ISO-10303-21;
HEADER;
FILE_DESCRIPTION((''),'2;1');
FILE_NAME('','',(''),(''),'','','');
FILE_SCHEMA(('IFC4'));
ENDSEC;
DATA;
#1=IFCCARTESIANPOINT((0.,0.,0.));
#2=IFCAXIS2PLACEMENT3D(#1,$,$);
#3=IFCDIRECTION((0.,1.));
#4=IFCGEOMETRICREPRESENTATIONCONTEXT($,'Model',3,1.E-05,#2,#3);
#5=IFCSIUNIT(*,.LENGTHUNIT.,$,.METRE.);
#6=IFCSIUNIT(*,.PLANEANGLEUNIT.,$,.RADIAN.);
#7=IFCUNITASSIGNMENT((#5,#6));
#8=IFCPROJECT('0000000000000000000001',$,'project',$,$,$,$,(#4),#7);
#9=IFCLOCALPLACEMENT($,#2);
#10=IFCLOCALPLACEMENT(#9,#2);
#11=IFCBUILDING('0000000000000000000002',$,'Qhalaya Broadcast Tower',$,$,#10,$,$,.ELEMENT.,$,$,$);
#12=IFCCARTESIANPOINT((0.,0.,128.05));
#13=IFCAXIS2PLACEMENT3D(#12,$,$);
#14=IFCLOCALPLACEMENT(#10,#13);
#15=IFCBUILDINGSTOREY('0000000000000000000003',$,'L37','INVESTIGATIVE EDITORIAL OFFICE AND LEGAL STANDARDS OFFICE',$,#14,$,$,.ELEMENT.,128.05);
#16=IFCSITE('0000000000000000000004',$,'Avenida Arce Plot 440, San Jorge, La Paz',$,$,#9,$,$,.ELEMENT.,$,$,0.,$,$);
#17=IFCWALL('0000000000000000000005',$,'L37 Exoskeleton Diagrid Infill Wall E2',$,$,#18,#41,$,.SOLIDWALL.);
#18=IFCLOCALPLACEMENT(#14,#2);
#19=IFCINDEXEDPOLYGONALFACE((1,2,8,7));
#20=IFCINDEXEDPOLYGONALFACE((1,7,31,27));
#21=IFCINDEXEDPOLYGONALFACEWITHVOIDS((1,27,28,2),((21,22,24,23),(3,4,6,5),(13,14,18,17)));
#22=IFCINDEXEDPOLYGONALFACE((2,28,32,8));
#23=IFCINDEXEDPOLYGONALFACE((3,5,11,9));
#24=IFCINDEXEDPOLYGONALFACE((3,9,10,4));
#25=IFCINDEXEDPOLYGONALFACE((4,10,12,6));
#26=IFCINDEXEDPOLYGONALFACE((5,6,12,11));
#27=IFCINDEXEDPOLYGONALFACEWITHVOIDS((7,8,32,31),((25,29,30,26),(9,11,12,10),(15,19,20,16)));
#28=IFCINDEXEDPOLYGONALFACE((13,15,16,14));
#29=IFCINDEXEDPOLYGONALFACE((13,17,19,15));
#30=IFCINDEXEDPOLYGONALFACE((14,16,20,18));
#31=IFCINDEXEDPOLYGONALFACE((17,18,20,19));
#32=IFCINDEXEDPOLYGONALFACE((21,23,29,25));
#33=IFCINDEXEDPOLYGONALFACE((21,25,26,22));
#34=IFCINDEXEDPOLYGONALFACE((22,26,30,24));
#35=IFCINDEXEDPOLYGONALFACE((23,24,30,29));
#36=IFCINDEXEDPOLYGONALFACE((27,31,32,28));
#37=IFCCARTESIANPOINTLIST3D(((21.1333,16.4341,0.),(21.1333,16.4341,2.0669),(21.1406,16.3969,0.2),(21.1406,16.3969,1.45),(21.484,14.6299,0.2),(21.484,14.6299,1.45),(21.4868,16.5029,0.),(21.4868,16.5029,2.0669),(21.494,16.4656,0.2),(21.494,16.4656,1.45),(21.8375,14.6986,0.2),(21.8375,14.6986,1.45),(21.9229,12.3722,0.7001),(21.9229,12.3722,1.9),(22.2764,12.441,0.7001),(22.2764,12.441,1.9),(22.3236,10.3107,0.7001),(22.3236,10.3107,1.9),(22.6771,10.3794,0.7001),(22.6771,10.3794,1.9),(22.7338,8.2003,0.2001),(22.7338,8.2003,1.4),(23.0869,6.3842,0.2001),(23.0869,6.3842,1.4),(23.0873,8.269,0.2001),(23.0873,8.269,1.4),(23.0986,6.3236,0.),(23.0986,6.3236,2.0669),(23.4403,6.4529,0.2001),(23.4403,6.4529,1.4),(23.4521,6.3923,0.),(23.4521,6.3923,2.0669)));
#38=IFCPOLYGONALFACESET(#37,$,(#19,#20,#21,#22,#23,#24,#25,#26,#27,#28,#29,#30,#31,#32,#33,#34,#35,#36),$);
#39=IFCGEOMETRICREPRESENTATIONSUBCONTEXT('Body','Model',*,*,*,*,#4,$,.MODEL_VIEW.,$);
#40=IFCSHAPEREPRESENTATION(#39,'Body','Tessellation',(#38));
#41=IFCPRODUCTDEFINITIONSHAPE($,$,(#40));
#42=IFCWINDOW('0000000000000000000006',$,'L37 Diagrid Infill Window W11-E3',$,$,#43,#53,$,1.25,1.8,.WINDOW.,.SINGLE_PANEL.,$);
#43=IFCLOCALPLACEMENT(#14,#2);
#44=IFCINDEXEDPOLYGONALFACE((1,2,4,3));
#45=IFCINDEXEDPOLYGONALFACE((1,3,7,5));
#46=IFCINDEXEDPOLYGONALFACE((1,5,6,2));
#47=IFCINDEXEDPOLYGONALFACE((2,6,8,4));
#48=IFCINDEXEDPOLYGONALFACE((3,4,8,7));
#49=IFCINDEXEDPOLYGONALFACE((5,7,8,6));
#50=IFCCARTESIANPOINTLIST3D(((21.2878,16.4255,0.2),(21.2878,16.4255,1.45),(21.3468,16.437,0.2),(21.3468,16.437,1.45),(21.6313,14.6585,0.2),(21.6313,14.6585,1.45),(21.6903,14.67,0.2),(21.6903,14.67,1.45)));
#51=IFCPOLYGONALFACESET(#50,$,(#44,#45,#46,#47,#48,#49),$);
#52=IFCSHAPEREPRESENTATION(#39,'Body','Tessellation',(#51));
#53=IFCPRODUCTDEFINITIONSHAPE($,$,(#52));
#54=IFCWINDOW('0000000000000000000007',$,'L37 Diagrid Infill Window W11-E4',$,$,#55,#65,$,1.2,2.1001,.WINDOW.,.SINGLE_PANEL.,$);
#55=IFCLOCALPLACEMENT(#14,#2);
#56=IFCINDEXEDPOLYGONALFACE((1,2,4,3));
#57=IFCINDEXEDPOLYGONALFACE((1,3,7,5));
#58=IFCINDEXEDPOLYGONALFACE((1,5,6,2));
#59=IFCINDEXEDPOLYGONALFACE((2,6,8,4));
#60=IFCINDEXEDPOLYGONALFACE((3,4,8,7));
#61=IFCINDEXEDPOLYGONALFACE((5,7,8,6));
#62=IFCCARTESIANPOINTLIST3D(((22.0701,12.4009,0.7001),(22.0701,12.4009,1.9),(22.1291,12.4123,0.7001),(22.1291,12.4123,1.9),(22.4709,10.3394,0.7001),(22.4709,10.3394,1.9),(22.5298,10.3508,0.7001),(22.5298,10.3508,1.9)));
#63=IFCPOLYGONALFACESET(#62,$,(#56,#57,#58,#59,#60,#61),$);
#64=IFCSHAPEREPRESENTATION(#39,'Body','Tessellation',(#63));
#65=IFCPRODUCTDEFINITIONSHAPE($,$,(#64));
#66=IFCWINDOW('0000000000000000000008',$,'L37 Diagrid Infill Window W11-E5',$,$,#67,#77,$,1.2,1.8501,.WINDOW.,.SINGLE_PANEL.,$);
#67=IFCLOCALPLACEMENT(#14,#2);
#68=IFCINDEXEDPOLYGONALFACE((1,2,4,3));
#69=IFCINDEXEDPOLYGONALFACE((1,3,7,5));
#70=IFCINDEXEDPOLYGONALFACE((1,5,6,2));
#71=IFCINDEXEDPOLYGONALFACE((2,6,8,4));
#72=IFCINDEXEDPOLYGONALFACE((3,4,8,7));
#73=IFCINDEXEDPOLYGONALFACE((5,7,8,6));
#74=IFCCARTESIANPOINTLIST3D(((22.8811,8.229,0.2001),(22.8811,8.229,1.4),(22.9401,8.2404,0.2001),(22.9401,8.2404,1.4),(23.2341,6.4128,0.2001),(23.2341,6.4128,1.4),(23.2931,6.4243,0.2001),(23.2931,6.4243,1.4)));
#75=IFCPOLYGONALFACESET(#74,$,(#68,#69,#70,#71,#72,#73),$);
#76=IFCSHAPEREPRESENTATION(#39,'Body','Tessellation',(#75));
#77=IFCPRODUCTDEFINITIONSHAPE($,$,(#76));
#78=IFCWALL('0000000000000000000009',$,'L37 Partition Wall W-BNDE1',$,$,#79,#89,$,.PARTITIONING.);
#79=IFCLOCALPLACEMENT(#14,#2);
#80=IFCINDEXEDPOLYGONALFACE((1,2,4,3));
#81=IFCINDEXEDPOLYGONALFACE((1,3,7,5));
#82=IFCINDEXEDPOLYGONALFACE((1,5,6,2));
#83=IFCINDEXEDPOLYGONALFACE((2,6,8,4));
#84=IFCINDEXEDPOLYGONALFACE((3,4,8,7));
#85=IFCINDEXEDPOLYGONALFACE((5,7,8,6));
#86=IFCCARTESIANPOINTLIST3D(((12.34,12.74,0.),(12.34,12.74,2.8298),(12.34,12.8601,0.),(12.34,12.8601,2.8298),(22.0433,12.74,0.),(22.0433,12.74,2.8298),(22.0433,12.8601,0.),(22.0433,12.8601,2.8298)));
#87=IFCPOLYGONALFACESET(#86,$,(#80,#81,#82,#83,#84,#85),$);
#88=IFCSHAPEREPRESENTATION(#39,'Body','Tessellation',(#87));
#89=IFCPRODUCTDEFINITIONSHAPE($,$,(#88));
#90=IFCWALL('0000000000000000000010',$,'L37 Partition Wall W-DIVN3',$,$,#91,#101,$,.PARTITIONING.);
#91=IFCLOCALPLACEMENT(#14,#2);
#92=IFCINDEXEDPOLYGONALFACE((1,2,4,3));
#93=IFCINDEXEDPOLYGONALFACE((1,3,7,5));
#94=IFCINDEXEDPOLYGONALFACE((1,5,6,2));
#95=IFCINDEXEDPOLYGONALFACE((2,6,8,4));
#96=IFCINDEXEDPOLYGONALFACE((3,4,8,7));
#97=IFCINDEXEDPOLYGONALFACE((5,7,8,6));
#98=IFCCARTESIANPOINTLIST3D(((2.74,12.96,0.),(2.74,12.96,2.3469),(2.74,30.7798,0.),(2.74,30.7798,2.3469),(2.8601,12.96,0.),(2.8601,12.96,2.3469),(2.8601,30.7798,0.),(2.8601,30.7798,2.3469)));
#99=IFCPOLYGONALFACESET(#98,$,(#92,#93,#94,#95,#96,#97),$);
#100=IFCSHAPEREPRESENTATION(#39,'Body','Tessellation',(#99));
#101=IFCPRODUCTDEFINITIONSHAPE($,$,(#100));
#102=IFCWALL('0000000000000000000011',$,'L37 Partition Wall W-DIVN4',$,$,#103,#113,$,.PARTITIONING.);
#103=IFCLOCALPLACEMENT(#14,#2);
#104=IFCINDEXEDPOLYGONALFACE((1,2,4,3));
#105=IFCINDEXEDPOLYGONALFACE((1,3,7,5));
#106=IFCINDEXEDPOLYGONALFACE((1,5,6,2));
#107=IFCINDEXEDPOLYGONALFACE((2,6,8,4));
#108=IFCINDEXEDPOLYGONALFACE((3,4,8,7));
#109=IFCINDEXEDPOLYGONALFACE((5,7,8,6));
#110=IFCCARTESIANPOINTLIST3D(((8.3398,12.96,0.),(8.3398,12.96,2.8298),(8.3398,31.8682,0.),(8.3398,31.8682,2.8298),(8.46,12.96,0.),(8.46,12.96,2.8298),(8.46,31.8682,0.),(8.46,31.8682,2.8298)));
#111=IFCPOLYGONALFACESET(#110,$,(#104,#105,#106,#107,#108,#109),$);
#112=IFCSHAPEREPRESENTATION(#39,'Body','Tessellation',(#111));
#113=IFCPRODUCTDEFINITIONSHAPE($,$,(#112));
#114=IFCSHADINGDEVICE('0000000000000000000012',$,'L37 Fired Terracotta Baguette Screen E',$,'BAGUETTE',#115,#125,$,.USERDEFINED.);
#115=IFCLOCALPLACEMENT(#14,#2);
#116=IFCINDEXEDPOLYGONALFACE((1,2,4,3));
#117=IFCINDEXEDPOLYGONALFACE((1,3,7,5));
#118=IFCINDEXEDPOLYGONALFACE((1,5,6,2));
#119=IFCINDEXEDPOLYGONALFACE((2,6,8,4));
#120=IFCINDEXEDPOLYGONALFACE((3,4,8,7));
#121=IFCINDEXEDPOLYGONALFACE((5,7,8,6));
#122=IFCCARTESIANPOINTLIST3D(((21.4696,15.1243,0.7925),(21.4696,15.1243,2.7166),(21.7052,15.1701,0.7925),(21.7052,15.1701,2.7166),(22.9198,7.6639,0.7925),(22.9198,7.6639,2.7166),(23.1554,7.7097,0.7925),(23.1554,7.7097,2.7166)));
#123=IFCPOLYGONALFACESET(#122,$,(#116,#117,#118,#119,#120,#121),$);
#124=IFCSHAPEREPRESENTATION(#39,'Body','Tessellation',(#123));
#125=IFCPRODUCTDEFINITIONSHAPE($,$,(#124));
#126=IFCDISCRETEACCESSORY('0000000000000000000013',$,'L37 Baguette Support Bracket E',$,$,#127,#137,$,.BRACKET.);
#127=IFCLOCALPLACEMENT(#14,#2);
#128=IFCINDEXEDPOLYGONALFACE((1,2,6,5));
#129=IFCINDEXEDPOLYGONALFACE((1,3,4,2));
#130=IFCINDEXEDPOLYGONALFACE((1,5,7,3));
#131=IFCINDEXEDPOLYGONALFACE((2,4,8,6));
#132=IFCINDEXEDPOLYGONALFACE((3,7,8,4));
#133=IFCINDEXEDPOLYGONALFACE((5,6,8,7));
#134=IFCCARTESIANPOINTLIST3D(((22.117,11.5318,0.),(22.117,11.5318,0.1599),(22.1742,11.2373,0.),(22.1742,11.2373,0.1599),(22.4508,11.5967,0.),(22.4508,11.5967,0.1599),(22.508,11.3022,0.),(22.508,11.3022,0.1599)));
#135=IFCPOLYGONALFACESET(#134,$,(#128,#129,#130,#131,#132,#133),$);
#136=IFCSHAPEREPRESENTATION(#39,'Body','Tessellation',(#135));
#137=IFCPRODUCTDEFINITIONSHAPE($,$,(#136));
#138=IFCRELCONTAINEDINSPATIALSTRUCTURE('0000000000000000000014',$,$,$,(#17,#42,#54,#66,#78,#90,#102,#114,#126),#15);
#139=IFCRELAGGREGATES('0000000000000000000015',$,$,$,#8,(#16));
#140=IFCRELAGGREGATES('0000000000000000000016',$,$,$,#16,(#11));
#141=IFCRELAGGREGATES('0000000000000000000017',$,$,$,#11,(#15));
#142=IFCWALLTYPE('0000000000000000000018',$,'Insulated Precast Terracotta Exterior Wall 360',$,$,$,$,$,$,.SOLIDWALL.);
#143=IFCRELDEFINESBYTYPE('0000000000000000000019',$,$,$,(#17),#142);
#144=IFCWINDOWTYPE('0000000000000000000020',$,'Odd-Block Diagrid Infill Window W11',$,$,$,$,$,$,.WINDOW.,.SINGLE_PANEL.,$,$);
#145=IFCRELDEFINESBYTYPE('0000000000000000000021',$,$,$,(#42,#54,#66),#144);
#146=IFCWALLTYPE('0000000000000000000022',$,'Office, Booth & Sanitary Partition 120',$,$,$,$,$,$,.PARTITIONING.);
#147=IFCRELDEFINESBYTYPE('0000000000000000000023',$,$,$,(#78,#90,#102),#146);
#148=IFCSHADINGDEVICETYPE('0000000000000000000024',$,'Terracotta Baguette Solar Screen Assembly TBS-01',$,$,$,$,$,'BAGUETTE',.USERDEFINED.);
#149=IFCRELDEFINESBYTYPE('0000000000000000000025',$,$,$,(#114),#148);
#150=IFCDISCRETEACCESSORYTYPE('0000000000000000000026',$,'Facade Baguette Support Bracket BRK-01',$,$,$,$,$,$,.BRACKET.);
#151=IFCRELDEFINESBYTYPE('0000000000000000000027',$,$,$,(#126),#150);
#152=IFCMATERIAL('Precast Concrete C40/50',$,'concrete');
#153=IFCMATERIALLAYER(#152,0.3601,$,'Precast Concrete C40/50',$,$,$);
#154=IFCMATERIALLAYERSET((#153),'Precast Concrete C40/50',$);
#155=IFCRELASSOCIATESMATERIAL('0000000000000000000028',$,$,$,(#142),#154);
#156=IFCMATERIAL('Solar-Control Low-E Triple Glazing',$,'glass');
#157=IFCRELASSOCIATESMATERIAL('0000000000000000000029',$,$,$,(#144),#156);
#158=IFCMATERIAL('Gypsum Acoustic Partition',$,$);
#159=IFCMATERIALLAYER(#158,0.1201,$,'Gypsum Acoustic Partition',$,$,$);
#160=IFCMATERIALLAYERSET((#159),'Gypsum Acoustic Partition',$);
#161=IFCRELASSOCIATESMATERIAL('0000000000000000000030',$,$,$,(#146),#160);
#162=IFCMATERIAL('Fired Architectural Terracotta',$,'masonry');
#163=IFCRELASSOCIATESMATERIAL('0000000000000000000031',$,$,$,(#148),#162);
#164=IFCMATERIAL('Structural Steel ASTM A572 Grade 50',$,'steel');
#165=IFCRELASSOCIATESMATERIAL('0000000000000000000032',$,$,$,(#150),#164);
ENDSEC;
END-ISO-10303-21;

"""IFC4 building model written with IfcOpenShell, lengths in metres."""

from ifc_helpers import new_model, si_unit, direction, frame, frame_2d, origin, origin_2d, place, context, subcontext, project, spatial, rectangle, extrude, material, layer, layer_set, type_object, element, fill, save


model = new_model("IFC4")

# Units and contexts
model_context = context("Model", 3, precision=1e-05, world=origin(), true_north=direction((0.0, 1.0)))
body_context = subcontext(model_context, "Body", "Model", "MODEL_VIEW")
ifc_project = project(units=[si_unit("LENGTHUNIT", "METRE"), si_unit("PLANEANGLEUNIT", "RADIAN")], contexts=[model_context])

# Site, building, storey
site_placement = place(None, origin())
site = spatial("IfcSite", under=ifc_project, at=site_placement, Name="Avenida Arce Plot 440, San Jorge, La Paz", CompositionType="ELEMENT", RefElevation=0.0)
building_placement = place(site_placement, origin())
building = spatial("IfcBuilding", under=site, at=building_placement, Name="Qhalaya Broadcast Tower", CompositionType="ELEMENT")
storey_placement = place(building_placement, frame((0.0, 0.0, 128.05)))
storey = spatial("IfcBuildingStorey", under=building, at=storey_placement, Name="L37", Description="INVESTIGATIVE EDITORIAL OFFICE AND LEGAL STANDARDS OFFICE", CompositionType="ELEMENT", Elevation=128.05)

# Shared definitions
ifc_material_1 = material(Name="Gypsum Acoustic Partition")

# Wall, openings, windows
ifc_material_2 = material(Name="Precast Concrete C40/50", Category="concrete")
ifc_layer_1 = layer(ifc_material_2, 0.3601, Name="Precast Concrete C40/50")
ifc_layer_set_1 = layer_set([ifc_layer_1], Name="Precast Concrete C40/50")
wall_type_1 = type_object("IfcWallType", Name="Insulated Precast Terracotta Exterior Wall 360", PredefinedType="SOLIDWALL", material=ifc_layer_set_1)
wall_1_placement = place(storey_placement, frame((21.3101, 16.4685, 0.0), z_axis=(0.0, 0.0, 1.0), x_axis=(0.190812, -0.981627, 0.0)))
wall_1 = element("IfcWall", 1, at=wall_1_placement, inside=storey, type_object=wall_type_1, Name="L37 Exoskeleton Diagrid Infill Wall E2", PredefinedType="SOLIDWALL", context=body_context, shape_type="SweptSolid", body=[
    extrude(rectangle(XDim=10.2998, YDim=0.3601, at=frame_2d((5.1499, 0.0))), origin(), (0.0, 0.0, 1.0), 2.0669),
])
opening_1_placement = place(wall_1_placement, frame((0.0381, 0.0, 0.2)))
opening_1 = element("IfcOpeningElement", 2, at=opening_1_placement, cuts=wall_1, PredefinedType="OPENING", context=body_context, shape_type="SweptSolid", body=[
    extrude(rectangle(XDim=1.8, YDim=1.25, at=frame_2d((0.8999, 0.625))), frame((0.0, 0.1921, 0.0), z_axis=(0.0, -1.0, 0.0), x_axis=(1.0, 0.0, 0.0)), (0.0, 0.0, 1.0), 0.384),
])
opening_2_placement = place(wall_1_placement, frame((4.1379, 0.0, 0.7)))
opening_2 = element("IfcOpeningElement", 3, at=opening_2_placement, cuts=wall_1, PredefinedType="OPENING", context=body_context, shape_type="SweptSolid", body=[
    extrude(rectangle(XDim=2.1001, YDim=1.2, at=frame_2d((1.05, 0.6001))), frame((0.0, 0.1921, 0.0), z_axis=(0.0, -1.0, 0.0), x_axis=(1.0, 0.0, 0.0)), (0.0, 0.0, 1.0), 0.384),
])
opening_3_placement = place(wall_1_placement, frame((8.3879, 0.0, 0.2)))
opening_3 = element("IfcOpeningElement", 4, at=opening_3_placement, cuts=wall_1, PredefinedType="OPENING", context=body_context, shape_type="SweptSolid", body=[
    extrude(rectangle(XDim=1.8501, YDim=1.2, at=frame_2d((0.925, 0.6001))), frame((0.0, 0.1921, 0.0), z_axis=(0.0, -1.0, 0.0), x_axis=(1.0, 0.0, 0.0)), (0.0, 0.0, 1.0), 0.384),
])
ifc_material_3 = material(Name="Solar-Control Low-E Triple Glazing", Category="glass")
window_type = type_object("IfcWindowType", Name="Odd-Block Diagrid Infill Window W11", PartitioningType="SINGLE_PANEL", PredefinedType="WINDOW", material=ifc_material_3)
window_1_placement = place(opening_1_placement, origin())
window_1 = element("IfcWindow", 5, at=window_1_placement, inside=storey, type_object=window_type, Name="L37 Diagrid Infill Window W11-E3", OverallHeight=1.25, OverallWidth=1.8, PartitioningType="SINGLE_PANEL", PredefinedType="WINDOW", context=body_context, shape_type="SweptSolid", body=[
    extrude(rectangle(XDim=1.8, YDim=1.25, at=frame_2d((0.8999, 0.625))), frame((0.0, 0.03, 0.0), z_axis=(0.0, -1.0, 0.0), x_axis=(1.0, 0.0, 0.0)), (0.0, 0.0, 1.0), 0.0601),
])
fill(opening_1, window_1)
window_2_placement = place(opening_2_placement, origin())
window_2 = element("IfcWindow", 6, at=window_2_placement, inside=storey, type_object=window_type, Name="L37 Diagrid Infill Window W11-E4", OverallHeight=1.2, OverallWidth=2.1001, PartitioningType="SINGLE_PANEL", PredefinedType="WINDOW", context=body_context, shape_type="SweptSolid", body=[
    extrude(rectangle(XDim=2.1001, YDim=1.2, at=frame_2d((1.05, 0.6001))), frame((0.0, 0.03, 0.0), z_axis=(0.0, -1.0, 0.0), x_axis=(1.0, 0.0, 0.0)), (0.0, 0.0, 1.0), 0.0601),
])
fill(opening_2, window_2)
window_3_placement = place(opening_3_placement, origin())
window_3 = element("IfcWindow", 7, at=window_3_placement, inside=storey, type_object=window_type, Name="L37 Diagrid Infill Window W11-E5", OverallHeight=1.2, OverallWidth=1.8501, PartitioningType="SINGLE_PANEL", PredefinedType="WINDOW", context=body_context, shape_type="SweptSolid", body=[
    extrude(rectangle(XDim=1.8501, YDim=1.2, at=frame_2d((0.925, 0.6001))), frame((0.0, 0.03, 0.0), z_axis=(0.0, -1.0, 0.0), x_axis=(1.0, 0.0, 0.0)), (0.0, 0.0, 1.0), 0.0601),
])
fill(opening_3, window_3)

# Walls
ifc_layer_2 = layer(ifc_material_1, 0.1201, Name="Gypsum Acoustic Partition")
ifc_layer_set_2 = layer_set([ifc_layer_2], Name="Gypsum Acoustic Partition")
wall_type_2 = type_object("IfcWallType", Name="Office, Booth & Sanitary Partition 120", PredefinedType="PARTITIONING", material=ifc_layer_set_2)
wall_2_placement = place(storey_placement, frame((12.3401, 12.8, 0.0), z_axis=(0.0, 0.0, 1.0), x_axis=(1.0, 0.0, 0.0)))
element("IfcWall", 8, at=wall_2_placement, inside=storey, type_object=wall_type_2, Name="L37 Partition Wall W-BNDE1", PredefinedType="PARTITIONING", context=body_context, shape_type="SweptSolid", body=[
    extrude(rectangle(XDim=9.7034, YDim=0.1201, at=frame_2d((4.8516, 0.0))), origin(), (0.0, 0.0, 1.0), 2.8298),
])
wall_3_placement = place(storey_placement, frame((2.8, 12.96, 0.0), z_axis=(0.0, 0.0, 1.0), x_axis=(0.0, 1.0, 0.0)))
element("IfcWall", 9, at=wall_3_placement, inside=storey, type_object=wall_type_2, Name="L37 Partition Wall W-DIVN3", PredefinedType="PARTITIONING", context=body_context, shape_type="SweptSolid", body=[
    extrude(rectangle(XDim=17.8198, YDim=0.1201, at=frame_2d((8.9099, 0.0))), origin(), (0.0, 0.0, 1.0), 2.3469),
])
wall_4_placement = place(storey_placement, frame((8.3999, 12.96, 0.0), z_axis=(0.0, 0.0, 1.0), x_axis=(0.0, 1.0, 0.0)))
element("IfcWall", 10, at=wall_4_placement, inside=storey, type_object=wall_type_2, Name="L37 Partition Wall W-DIVN4", PredefinedType="PARTITIONING", context=body_context, shape_type="SweptSolid", body=[
    extrude(rectangle(XDim=18.9082, YDim=0.1201, at=frame_2d((9.4541, 0.0))), origin(), (0.0, 0.0, 1.0), 2.8298),
])

# Shading device
ifc_material_4 = material(Name="Fired Architectural Terracotta", Category="masonry")
shading_device_type = type_object("IfcShadingDeviceType", Name="Terracotta Baguette Solar Screen Assembly TBS-01", ElementType="BAGUETTE", PredefinedType="USERDEFINED", material=ifc_material_4)
shading_device_placement = place(storey_placement, frame((22.3125, 11.417, 0.7925), z_axis=(0.0, 0.0, 1.0), x_axis=(-0.190809, 0.981627, 0.0)))
element("IfcShadingDevice", 11, at=shading_device_placement, inside=storey, type_object=shading_device_type, Name="L37 Fired Terracotta Baguette Screen E", ObjectType="BAGUETTE", PredefinedType="USERDEFINED", context=body_context, shape_type="SweptSolid", body=[
    extrude(rectangle(XDim=7.6001, YDim=0.24, at=origin_2d()), origin(), (0.0, 0.0, 1.0), 1.9241),
])

# Discrete accessory
ifc_material_5 = material(Name="Structural Steel ASTM A572 Grade 50", Category="steel")
discrete_accessory_type = type_object("IfcDiscreteAccessoryType", Name="Facade Baguette Support Bracket BRK-01", PredefinedType="BRACKET", material=ifc_material_5)
discrete_accessory_placement = place(storey_placement, frame((22.3125, 11.417, 0.0), z_axis=(0.0, 0.0, 1.0), x_axis=(-0.190809, 0.981627, 0.0)))
element("IfcDiscreteAccessory", 12, at=discrete_accessory_placement, inside=storey, type_object=discrete_accessory_type, Name="L37 Baguette Support Bracket E", PredefinedType="BRACKET", context=body_context, shape_type="SweptSolid", body=[
    extrude(rectangle(XDim=0.3, YDim=0.3401, at=origin_2d()), origin(), (0.0, 0.0, 1.0), 0.1599),
])

save(model, "model.ifc")
